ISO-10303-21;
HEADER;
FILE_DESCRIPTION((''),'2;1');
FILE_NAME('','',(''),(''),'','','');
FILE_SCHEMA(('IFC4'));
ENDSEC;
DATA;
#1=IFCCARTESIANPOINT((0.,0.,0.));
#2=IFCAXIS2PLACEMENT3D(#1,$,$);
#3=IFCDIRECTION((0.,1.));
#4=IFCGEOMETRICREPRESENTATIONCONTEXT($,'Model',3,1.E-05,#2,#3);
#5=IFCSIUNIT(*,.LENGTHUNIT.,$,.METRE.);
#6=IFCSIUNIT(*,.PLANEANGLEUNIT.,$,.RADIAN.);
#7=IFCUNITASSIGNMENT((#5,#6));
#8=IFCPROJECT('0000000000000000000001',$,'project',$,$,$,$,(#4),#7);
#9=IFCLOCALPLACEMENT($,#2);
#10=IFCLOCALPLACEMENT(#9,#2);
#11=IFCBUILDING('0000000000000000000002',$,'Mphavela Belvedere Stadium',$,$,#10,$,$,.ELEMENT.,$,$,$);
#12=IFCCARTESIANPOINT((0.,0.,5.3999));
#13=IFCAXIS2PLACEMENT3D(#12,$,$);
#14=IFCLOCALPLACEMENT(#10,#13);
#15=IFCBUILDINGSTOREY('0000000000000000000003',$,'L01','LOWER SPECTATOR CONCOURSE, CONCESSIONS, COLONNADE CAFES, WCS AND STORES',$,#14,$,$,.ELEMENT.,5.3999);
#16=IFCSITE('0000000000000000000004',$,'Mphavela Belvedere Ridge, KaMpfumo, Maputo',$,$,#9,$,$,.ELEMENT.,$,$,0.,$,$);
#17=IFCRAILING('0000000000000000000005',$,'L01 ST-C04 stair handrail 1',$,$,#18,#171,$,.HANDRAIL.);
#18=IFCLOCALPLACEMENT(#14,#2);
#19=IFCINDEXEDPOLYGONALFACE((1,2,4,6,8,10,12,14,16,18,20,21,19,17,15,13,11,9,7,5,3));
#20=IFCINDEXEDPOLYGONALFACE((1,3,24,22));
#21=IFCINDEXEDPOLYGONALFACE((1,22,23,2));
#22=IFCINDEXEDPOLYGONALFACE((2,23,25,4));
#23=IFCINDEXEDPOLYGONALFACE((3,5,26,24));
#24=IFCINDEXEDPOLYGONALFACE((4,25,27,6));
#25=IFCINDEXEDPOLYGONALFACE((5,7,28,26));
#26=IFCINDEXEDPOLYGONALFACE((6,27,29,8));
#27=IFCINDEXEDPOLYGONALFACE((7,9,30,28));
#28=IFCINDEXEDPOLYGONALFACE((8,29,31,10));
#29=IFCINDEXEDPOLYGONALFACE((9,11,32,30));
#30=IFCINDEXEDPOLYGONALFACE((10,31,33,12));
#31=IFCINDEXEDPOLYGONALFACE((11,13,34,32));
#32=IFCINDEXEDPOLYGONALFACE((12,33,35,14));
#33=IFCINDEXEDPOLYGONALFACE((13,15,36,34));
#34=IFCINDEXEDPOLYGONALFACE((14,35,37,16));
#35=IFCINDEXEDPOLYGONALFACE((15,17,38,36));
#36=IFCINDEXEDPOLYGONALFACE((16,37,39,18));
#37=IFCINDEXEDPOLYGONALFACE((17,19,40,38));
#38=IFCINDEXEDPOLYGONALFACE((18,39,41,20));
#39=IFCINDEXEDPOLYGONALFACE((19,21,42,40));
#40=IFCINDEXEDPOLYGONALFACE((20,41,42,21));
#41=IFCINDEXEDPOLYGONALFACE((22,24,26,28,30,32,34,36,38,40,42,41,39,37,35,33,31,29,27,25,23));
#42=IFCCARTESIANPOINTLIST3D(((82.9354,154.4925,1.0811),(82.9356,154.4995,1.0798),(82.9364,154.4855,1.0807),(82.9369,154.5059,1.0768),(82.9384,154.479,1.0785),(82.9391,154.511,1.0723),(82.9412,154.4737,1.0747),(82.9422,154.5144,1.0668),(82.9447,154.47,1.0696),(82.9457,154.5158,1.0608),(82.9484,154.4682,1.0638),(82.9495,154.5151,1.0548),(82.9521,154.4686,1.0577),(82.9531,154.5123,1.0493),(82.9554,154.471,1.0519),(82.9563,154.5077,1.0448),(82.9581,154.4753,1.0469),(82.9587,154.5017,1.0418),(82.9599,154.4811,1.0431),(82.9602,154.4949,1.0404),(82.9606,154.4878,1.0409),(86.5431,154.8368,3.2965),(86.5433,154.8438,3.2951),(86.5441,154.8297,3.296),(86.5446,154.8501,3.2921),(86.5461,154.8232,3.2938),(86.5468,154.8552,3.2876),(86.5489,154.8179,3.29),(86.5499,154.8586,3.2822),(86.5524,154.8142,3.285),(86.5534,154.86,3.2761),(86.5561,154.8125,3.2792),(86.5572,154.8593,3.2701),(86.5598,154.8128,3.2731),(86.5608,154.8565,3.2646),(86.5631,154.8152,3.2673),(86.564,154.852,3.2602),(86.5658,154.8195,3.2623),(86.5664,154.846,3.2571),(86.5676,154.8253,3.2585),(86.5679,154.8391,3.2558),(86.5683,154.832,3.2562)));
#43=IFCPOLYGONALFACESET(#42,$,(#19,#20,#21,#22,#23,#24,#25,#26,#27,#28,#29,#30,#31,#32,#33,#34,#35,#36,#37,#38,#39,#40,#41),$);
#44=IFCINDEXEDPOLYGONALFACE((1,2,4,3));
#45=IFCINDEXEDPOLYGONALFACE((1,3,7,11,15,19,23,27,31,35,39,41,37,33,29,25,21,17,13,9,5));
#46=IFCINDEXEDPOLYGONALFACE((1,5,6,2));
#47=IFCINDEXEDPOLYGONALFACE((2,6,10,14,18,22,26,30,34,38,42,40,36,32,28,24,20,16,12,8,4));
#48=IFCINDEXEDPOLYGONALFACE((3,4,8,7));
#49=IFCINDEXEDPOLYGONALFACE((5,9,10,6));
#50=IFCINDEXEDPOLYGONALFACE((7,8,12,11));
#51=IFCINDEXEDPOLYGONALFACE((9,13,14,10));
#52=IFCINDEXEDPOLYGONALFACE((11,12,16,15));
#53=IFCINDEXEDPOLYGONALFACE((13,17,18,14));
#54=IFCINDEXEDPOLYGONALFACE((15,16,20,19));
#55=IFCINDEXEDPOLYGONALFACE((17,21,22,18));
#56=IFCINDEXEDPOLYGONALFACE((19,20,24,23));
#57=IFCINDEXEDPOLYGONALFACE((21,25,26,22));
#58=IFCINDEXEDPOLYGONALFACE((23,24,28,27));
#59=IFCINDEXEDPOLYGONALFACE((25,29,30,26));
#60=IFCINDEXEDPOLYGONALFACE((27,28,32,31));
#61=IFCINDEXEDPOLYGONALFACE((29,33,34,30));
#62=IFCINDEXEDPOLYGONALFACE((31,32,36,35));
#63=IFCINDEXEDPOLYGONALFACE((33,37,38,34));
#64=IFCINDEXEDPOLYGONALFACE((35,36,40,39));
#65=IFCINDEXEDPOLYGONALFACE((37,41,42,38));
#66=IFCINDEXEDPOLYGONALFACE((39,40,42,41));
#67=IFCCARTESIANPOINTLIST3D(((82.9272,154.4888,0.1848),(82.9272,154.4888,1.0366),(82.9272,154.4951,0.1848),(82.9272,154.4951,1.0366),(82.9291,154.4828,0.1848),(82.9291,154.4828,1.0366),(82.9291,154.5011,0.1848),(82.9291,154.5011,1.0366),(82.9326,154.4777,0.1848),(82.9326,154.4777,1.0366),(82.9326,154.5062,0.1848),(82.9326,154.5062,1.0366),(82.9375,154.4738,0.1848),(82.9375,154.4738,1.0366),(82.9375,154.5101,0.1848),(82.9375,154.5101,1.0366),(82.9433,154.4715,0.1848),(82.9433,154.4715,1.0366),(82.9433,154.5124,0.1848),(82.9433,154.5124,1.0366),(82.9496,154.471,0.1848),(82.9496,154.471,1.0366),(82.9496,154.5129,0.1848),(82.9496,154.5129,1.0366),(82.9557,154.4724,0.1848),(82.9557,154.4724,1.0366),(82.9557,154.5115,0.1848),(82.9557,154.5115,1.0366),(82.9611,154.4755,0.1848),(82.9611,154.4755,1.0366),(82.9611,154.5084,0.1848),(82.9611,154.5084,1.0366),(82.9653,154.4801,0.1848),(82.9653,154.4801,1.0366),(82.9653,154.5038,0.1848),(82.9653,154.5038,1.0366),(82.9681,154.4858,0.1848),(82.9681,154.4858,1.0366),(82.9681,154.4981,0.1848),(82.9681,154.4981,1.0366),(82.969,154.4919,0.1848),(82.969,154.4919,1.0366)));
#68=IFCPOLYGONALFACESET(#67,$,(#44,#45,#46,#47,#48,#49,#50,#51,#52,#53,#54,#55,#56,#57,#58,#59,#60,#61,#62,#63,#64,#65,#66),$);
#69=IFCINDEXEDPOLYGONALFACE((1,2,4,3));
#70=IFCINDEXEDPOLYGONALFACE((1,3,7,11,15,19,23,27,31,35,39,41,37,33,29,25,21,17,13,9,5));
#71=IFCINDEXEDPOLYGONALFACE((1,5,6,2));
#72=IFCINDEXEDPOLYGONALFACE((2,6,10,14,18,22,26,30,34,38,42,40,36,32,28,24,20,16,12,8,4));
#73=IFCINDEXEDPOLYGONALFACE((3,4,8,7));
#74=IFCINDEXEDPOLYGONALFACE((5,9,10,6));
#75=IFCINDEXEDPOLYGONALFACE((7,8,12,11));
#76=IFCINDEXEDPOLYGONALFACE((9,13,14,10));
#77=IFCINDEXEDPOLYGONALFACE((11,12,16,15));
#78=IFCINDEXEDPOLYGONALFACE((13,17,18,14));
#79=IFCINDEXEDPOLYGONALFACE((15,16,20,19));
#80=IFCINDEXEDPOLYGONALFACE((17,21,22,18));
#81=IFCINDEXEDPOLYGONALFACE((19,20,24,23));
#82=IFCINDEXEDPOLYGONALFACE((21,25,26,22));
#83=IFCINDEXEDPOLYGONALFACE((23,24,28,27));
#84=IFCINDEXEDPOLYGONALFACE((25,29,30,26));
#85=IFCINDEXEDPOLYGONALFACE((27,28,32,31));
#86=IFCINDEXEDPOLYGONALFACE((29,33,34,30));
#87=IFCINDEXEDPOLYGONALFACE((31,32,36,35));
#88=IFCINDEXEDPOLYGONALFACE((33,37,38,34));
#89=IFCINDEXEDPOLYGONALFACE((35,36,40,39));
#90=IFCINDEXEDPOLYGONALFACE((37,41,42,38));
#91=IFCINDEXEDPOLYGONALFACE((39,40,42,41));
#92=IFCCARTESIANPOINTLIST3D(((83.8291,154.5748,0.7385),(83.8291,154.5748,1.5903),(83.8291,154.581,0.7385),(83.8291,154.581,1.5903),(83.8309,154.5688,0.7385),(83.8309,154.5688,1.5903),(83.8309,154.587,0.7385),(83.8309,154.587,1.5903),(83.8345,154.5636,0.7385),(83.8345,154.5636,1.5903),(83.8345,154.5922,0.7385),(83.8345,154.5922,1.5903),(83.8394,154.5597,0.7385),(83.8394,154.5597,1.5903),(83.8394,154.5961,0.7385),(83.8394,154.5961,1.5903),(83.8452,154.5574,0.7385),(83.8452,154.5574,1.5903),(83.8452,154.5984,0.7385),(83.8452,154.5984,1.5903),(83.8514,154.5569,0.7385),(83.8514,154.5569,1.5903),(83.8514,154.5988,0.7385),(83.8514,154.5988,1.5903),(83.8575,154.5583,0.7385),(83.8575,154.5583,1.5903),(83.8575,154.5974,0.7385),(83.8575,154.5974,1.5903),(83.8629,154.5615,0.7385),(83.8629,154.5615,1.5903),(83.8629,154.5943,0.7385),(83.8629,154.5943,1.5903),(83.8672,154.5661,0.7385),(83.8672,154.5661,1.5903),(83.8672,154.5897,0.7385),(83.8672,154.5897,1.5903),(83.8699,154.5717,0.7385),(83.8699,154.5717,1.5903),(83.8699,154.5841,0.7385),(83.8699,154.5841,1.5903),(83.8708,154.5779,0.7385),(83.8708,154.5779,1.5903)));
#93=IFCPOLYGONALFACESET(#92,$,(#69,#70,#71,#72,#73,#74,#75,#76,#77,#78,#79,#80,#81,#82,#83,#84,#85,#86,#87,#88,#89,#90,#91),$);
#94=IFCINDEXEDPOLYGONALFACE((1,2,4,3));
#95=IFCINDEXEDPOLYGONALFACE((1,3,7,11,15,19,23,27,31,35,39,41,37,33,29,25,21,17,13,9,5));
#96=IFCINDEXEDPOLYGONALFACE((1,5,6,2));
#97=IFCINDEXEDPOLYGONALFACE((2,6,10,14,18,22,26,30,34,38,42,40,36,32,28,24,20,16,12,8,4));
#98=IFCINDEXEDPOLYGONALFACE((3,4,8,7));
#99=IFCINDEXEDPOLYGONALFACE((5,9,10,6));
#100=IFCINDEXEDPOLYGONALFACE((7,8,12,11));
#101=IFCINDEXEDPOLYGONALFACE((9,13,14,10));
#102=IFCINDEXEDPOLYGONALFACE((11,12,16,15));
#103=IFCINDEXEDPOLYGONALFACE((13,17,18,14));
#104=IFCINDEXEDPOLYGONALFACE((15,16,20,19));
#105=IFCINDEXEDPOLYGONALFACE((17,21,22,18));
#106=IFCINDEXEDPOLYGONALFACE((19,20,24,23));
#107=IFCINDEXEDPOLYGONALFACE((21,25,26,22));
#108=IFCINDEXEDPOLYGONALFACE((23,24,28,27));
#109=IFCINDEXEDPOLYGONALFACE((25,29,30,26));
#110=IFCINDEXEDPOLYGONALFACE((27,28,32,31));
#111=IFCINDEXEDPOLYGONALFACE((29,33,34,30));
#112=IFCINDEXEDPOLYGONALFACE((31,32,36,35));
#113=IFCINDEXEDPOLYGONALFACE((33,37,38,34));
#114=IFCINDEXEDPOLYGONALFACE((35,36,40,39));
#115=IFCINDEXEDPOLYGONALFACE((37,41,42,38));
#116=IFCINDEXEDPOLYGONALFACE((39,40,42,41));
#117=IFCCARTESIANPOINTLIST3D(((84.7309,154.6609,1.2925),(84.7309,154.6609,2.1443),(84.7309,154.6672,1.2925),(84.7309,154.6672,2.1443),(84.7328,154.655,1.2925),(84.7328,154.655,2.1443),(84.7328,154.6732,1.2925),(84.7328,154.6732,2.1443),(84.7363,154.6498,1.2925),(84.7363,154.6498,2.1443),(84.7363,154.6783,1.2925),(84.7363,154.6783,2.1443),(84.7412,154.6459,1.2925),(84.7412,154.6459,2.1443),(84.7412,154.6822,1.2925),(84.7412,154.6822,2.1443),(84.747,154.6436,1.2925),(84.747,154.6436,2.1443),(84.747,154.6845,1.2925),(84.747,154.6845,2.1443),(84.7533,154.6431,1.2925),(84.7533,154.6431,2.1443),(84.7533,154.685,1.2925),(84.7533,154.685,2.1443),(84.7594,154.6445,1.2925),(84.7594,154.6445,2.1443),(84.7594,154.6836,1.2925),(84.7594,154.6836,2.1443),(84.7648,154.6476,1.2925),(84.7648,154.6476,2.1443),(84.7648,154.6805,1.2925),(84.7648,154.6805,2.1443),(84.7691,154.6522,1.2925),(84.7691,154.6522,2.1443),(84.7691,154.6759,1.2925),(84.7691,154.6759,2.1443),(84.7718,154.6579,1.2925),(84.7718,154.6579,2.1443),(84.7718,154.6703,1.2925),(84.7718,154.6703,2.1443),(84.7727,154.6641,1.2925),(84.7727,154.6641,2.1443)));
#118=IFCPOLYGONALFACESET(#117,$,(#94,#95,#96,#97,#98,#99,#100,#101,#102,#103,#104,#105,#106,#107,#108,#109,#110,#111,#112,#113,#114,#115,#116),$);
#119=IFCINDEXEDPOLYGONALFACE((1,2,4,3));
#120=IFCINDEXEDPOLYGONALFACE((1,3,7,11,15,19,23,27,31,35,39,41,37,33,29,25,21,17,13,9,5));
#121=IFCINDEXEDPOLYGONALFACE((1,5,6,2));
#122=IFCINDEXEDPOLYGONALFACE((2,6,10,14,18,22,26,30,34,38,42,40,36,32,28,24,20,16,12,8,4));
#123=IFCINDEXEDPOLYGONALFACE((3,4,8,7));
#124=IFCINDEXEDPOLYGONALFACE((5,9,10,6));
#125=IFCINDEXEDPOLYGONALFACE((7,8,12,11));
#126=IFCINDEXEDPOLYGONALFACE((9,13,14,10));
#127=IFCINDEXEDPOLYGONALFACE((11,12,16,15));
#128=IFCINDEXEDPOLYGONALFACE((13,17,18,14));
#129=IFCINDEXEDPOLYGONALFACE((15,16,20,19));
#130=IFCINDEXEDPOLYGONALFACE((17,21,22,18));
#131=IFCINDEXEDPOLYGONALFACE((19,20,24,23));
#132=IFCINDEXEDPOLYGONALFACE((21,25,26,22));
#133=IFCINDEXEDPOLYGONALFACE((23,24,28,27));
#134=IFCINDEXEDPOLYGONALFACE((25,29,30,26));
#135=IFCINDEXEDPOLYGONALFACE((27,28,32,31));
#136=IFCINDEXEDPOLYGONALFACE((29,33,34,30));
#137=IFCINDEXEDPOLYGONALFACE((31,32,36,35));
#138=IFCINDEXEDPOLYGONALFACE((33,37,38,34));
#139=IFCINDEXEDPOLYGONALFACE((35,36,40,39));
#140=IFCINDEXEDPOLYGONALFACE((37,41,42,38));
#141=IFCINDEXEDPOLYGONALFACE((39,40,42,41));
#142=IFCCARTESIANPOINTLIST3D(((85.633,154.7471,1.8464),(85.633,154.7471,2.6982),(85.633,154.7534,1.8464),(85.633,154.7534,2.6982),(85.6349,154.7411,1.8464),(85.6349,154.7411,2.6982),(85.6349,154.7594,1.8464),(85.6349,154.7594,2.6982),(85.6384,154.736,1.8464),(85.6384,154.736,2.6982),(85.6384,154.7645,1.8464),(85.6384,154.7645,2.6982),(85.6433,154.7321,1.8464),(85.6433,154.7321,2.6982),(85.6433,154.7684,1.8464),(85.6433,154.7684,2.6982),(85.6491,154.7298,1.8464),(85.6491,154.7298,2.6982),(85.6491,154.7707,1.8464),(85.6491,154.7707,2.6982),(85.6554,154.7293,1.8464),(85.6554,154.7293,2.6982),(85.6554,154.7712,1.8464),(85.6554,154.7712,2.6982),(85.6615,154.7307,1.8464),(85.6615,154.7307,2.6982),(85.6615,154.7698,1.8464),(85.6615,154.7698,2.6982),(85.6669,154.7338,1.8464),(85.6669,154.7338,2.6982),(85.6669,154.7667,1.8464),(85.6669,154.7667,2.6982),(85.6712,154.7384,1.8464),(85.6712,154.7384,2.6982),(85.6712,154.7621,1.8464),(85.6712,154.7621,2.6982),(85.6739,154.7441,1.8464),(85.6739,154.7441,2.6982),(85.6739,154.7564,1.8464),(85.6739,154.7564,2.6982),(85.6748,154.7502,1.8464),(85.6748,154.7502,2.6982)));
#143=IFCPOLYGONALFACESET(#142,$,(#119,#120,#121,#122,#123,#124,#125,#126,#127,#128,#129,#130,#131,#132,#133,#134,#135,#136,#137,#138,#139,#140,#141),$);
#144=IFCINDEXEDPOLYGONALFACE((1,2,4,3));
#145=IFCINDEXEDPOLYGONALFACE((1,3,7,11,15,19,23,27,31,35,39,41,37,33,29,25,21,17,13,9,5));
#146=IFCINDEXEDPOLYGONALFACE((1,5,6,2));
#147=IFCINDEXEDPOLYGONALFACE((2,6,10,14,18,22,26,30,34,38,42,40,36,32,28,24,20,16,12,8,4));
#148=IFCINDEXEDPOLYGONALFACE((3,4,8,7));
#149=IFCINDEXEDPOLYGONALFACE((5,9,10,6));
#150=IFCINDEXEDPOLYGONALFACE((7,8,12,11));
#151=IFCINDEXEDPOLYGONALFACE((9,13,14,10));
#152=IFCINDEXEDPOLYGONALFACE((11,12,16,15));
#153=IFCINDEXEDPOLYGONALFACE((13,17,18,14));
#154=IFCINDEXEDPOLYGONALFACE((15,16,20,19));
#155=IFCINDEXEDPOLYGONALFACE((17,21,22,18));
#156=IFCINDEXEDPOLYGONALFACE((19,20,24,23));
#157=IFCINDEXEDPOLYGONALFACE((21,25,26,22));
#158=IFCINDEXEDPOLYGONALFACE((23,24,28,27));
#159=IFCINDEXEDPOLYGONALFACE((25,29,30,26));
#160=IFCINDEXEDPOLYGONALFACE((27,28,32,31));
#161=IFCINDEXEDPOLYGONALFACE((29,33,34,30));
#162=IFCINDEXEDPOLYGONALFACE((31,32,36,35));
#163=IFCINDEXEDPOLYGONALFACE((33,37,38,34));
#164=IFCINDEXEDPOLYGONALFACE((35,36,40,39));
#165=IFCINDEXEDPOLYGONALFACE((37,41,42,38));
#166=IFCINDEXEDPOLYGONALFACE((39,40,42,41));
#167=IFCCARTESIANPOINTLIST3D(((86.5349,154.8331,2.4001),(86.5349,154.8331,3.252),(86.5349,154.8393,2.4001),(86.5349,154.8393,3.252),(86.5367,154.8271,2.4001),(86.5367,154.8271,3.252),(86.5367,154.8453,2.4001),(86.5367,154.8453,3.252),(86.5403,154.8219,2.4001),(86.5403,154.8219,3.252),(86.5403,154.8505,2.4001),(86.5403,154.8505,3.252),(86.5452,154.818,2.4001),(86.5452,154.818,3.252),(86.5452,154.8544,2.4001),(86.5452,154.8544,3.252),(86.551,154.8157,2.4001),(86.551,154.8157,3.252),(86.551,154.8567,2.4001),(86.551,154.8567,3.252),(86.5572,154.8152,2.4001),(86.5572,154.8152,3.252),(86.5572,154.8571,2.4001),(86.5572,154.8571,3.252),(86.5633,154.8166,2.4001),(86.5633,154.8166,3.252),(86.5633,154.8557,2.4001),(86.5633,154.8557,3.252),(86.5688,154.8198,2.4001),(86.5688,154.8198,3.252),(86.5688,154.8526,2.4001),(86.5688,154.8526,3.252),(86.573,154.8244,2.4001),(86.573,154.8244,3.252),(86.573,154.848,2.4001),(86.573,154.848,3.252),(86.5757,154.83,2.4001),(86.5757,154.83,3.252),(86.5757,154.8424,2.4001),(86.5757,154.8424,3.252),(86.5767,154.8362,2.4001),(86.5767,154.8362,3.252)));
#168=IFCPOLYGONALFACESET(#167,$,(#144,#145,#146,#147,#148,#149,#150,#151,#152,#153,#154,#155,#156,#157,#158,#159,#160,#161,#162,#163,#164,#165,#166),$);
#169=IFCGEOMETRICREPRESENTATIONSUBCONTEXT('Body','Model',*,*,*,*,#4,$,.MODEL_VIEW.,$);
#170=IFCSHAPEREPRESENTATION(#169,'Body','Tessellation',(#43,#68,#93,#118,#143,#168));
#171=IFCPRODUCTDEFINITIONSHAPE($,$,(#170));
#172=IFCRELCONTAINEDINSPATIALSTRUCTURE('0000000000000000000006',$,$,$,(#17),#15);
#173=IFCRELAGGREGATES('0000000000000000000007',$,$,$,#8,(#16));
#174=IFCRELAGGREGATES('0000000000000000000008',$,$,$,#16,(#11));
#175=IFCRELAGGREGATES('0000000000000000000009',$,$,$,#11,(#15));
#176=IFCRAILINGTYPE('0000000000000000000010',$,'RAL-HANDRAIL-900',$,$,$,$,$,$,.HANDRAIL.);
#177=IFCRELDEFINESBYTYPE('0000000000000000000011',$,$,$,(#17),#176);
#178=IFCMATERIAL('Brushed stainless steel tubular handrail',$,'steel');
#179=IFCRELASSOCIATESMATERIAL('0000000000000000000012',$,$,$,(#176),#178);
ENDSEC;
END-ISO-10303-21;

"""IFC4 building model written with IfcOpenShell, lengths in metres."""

from ifc_helpers import new_model, si_unit, direction, frame, origin, origin_2d, place, context, subcontext, project, spatial, circle, extrude, material, type_object, element, save


model = new_model("IFC4")

# Units and contexts
model_context = context("Model", 3, precision=1e-05, world=origin(), true_north=direction((0.0, 1.0)))
body_context = subcontext(model_context, "Body", "Model", "MODEL_VIEW")
ifc_project = project(units=[si_unit("LENGTHUNIT", "METRE"), si_unit("PLANEANGLEUNIT", "RADIAN")], contexts=[model_context])

# Site, building, storey
site_placement = place(None, origin())
site = spatial("IfcSite", under=ifc_project, at=site_placement, Name="Mphavela Belvedere Ridge, KaMpfumo, Maputo", CompositionType="ELEMENT", RefElevation=0.0)
building_placement = place(site_placement, origin())
building = spatial("IfcBuilding", under=site, at=building_placement, Name="Mphavela Belvedere Stadium", CompositionType="ELEMENT")
storey_placement = place(building_placement, frame((0.0, 0.0, 5.3999)))
storey = spatial("IfcBuildingStorey", under=building, at=storey_placement, Name="L01", Description="LOWER SPECTATOR CONCOURSE, CONCESSIONS, COLONNADE CAFES, WCS AND STORES", CompositionType="ELEMENT", Elevation=5.3999)

# Railing
ifc_material_1 = material(Name="Brushed stainless steel tubular handrail", Category="steel")
railing_type_1 = type_object("IfcRailingType", Name="RAL-HANDRAIL-900", PredefinedType="HANDRAIL", material=ifc_material_1)
railing_1_placement = place(storey_placement, frame((82.948, 154.4919, 0.1848)))
element("IfcRailing", 1, at=railing_1_placement, inside=storey, type_object=railing_type_1, Name="L01 ST-C04 stair handrail 1", PredefinedType="HANDRAIL", context=body_context, shape_type="SweptSolid", body=[
    extrude(circle(Radius=0.0239, at=origin_2d()), frame((0.0, 0.0, 0.876), z_axis=(0.849358, 0.081044, 0.521559), x_axis=(-0.094987, 0.995479, 0.0)), (0.0, 0.0, 1.0), 4.2476),
    extrude(circle(Radius=0.021, at=origin_2d()), origin(), (0.0, 0.0, 1.0), 0.8518),
    extrude(circle(Radius=0.021, at=origin_2d()), frame((0.9019, 0.0859, 0.5537)), (0.0, 0.0, 1.0), 0.8518),
    extrude(circle(Radius=0.021, at=origin_2d()), frame((1.8037, 0.1721, 1.1077)), (0.0, 0.0, 1.0), 0.8518),
    extrude(circle(Radius=0.021, at=origin_2d()), frame((2.7058, 0.2583, 1.6616)), (0.0, 0.0, 1.0), 0.8518),
    extrude(circle(Radius=0.021, at=origin_2d()), frame((3.6077, 0.3442, 2.2153)), (0.0, 0.0, 1.0), 0.8518),
])

save(model, "model.ifc")
